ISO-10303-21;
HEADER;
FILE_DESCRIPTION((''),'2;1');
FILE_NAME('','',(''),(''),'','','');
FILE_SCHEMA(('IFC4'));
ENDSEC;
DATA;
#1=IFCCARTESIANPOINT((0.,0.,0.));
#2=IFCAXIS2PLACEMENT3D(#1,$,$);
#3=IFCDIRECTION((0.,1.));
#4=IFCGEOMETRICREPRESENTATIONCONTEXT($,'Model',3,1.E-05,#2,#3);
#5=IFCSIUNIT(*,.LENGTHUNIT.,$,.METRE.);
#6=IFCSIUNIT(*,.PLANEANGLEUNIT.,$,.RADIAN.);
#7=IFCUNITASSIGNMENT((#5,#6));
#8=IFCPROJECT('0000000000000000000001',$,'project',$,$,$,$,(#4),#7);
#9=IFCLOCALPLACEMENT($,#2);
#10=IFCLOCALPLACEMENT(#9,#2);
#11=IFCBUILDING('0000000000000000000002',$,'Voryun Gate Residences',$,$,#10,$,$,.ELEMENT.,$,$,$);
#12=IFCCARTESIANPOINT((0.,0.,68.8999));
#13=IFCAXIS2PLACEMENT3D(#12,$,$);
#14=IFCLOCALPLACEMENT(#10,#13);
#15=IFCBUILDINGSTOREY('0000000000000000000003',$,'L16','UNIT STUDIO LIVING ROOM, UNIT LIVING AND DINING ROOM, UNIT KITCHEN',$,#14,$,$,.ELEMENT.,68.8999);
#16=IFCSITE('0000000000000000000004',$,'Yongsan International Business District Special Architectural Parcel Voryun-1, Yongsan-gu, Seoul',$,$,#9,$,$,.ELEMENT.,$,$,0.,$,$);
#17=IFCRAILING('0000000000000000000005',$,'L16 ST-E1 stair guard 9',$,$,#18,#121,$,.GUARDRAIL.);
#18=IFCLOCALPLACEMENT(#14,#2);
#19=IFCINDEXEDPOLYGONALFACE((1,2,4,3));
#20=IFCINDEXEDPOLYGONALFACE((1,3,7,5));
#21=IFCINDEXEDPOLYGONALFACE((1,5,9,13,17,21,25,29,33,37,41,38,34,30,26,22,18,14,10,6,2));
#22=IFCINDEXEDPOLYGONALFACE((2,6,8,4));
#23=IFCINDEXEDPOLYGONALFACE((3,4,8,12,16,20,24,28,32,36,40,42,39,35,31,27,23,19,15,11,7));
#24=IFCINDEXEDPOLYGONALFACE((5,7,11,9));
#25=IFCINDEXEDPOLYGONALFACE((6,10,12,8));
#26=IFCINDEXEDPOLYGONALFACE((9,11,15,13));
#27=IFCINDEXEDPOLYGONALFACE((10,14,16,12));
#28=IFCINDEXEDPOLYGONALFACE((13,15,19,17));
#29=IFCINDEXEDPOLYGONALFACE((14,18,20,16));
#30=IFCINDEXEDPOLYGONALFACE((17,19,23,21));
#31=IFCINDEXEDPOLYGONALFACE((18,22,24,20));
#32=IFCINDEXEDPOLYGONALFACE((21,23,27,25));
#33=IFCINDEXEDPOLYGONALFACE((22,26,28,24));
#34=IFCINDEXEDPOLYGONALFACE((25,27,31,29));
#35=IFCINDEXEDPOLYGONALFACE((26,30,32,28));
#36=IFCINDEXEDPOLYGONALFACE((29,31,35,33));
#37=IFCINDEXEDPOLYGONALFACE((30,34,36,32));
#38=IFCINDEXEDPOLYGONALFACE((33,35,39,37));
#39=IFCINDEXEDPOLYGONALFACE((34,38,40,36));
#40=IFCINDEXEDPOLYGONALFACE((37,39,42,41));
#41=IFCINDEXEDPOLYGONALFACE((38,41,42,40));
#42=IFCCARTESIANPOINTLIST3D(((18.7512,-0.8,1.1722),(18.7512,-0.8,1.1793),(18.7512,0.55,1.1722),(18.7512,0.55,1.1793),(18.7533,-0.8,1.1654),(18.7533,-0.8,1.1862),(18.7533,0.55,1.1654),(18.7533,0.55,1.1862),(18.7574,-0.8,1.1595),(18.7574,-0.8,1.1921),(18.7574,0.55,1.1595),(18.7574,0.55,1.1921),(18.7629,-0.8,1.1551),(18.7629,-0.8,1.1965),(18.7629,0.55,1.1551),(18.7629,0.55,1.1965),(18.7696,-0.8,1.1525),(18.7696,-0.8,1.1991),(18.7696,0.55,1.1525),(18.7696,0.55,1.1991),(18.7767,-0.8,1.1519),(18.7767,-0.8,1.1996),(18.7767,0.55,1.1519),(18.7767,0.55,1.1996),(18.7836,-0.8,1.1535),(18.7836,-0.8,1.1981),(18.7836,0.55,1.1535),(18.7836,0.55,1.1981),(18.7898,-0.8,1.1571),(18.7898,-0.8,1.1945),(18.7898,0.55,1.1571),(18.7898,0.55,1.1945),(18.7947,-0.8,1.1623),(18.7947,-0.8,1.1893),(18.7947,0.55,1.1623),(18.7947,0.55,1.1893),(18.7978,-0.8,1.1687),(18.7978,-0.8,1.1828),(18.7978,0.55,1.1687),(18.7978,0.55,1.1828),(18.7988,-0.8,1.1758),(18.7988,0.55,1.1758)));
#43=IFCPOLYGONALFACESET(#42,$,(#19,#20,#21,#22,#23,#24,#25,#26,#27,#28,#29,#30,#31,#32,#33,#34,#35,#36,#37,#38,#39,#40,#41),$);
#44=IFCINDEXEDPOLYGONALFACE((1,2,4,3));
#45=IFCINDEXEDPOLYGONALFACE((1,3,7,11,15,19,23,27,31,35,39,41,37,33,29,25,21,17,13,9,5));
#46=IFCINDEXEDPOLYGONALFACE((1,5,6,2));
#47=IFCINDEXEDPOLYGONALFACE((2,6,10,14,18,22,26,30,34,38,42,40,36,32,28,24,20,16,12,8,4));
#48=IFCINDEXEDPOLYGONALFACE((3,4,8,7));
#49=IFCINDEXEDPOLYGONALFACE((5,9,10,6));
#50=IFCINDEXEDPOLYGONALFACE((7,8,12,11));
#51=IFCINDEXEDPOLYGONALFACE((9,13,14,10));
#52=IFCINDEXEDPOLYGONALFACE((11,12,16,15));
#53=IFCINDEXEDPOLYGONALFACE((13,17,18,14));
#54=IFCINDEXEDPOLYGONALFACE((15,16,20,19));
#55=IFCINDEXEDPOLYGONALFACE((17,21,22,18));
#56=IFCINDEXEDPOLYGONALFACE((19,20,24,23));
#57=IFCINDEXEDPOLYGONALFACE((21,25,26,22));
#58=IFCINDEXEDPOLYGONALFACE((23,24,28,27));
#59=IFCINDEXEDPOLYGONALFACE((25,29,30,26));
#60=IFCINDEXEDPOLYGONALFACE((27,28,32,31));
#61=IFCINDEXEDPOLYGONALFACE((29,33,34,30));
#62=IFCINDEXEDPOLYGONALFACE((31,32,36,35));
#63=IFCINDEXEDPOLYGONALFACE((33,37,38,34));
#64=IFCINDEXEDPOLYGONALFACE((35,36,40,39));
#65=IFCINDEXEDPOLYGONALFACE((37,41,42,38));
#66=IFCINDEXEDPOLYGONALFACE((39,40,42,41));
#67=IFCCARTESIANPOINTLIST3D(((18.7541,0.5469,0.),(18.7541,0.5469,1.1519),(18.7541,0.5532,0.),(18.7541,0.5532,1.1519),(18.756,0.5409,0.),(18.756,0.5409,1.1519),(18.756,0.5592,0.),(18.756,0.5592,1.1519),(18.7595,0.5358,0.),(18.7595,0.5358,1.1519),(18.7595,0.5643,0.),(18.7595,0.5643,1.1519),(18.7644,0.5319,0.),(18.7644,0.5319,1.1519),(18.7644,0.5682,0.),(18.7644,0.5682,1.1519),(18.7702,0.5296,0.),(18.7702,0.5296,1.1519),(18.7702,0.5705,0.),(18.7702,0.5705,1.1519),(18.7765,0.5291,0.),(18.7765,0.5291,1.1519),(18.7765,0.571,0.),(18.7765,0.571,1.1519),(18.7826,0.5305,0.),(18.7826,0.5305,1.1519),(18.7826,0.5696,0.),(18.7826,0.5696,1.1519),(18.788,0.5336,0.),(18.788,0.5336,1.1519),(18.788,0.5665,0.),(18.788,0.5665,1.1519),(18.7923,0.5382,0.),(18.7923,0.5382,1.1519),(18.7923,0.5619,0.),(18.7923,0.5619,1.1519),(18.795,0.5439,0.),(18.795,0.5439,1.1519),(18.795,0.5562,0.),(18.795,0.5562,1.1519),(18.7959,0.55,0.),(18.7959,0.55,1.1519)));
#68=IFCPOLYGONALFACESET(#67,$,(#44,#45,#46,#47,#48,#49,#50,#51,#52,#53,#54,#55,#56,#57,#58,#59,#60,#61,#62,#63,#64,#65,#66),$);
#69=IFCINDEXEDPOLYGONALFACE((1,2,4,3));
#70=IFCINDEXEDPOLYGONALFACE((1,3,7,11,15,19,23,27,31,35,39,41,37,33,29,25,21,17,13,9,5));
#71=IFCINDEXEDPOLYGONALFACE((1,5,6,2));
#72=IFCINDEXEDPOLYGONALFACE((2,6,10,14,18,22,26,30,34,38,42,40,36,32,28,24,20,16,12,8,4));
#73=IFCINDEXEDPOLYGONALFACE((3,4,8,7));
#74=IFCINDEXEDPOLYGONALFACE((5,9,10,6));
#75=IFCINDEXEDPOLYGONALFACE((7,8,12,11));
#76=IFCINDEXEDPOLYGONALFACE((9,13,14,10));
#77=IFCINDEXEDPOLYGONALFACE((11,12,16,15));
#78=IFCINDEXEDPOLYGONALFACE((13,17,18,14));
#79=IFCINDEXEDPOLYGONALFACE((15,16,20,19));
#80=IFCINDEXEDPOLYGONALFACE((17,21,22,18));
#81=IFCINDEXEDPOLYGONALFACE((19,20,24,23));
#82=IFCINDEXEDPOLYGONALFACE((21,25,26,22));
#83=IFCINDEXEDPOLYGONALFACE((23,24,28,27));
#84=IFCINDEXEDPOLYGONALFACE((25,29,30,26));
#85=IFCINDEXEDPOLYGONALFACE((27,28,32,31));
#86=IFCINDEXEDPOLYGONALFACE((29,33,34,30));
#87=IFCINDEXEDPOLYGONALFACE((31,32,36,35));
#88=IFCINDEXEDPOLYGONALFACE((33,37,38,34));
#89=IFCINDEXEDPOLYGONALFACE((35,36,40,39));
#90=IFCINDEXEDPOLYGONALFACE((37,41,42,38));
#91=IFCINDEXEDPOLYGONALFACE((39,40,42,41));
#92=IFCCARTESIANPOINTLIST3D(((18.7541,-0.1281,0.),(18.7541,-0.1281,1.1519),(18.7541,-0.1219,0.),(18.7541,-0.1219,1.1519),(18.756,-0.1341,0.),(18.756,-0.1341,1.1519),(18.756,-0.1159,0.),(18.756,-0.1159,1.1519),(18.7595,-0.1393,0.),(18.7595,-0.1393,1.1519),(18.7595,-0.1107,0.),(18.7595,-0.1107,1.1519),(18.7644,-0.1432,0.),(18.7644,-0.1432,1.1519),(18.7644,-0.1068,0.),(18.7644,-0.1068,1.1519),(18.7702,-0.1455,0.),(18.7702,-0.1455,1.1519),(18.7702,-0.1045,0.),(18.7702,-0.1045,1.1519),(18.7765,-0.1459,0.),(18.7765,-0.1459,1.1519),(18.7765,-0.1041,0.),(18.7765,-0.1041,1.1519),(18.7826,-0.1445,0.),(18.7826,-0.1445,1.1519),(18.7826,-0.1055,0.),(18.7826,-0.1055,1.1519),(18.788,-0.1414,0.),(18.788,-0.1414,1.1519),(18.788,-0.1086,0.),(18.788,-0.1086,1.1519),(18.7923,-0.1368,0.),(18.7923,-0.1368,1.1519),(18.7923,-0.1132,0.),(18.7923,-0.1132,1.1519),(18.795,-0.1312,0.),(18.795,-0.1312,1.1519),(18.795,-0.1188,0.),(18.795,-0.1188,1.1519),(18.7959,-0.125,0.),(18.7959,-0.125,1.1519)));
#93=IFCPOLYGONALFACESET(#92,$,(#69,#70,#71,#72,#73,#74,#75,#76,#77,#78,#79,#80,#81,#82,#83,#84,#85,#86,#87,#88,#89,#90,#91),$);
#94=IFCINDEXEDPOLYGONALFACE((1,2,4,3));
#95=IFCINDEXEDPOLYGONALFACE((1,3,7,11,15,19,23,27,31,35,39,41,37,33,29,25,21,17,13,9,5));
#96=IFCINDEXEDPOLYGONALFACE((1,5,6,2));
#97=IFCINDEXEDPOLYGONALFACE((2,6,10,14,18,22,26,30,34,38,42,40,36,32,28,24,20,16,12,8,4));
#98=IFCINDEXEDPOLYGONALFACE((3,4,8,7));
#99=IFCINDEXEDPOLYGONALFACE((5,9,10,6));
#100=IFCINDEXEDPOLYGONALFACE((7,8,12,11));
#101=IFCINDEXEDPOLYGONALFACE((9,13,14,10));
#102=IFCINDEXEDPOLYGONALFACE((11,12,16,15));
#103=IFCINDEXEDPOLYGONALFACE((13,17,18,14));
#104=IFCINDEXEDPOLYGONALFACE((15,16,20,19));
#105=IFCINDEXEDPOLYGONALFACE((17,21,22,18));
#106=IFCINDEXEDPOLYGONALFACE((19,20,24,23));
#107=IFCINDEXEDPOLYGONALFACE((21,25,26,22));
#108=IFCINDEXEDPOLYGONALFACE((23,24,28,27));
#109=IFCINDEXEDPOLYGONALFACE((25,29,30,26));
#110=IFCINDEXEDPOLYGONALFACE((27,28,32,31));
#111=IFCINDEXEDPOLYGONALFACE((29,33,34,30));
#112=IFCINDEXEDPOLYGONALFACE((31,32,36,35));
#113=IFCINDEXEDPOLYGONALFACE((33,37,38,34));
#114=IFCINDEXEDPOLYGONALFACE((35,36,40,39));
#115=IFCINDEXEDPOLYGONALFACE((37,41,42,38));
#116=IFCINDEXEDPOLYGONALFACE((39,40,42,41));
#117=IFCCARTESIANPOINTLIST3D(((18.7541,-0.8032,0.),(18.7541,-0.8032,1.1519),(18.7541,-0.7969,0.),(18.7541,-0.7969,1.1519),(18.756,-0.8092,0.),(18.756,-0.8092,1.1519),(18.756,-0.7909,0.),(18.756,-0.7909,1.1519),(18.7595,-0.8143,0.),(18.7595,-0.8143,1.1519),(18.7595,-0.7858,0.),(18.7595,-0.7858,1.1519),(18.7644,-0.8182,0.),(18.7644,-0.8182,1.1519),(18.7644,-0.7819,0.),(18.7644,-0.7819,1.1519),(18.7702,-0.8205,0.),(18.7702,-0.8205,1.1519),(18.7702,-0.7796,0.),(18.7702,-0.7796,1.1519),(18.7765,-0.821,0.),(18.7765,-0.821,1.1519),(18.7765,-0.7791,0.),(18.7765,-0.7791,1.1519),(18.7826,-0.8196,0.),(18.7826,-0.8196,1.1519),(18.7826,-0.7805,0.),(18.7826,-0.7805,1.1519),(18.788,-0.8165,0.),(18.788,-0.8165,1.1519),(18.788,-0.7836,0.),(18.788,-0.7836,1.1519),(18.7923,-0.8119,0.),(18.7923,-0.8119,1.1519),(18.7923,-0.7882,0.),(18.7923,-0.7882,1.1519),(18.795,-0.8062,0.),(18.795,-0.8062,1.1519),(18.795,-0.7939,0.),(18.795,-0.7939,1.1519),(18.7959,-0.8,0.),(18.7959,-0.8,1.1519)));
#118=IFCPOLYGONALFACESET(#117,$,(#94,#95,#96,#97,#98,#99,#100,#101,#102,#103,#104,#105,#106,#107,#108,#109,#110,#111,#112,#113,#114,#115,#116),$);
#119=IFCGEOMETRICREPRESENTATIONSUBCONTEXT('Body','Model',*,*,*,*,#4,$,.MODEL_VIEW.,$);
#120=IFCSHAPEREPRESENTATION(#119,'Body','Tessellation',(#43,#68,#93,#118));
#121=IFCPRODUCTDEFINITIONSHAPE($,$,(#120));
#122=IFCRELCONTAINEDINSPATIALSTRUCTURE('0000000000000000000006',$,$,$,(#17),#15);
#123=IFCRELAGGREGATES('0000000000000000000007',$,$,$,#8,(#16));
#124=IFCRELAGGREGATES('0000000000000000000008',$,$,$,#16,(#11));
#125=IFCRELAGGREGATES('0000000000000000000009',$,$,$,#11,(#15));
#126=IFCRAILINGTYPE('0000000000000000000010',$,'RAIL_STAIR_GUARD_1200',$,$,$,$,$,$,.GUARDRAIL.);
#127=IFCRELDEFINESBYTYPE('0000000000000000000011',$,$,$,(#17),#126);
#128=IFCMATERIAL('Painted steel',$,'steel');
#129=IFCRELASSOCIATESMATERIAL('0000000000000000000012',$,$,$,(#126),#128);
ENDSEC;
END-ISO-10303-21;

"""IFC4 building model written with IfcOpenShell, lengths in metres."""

from ifc_helpers import new_model, si_unit, direction, frame, origin, origin_2d, place, context, subcontext, project, spatial, circle, extrude, material, type_object, element, save


model = new_model("IFC4")

# Units and contexts
model_context = context("Model", 3, precision=1e-05, world=origin(), true_north=direction((0.0, 1.0)))
body_context = subcontext(model_context, "Body", "Model", "MODEL_VIEW")
ifc_project = project(units=[si_unit("LENGTHUNIT", "METRE"), si_unit("PLANEANGLEUNIT", "RADIAN")], contexts=[model_context])

# Site, building, storey
site_placement = place(None, origin())
site = spatial("IfcSite", under=ifc_project, at=site_placement, Name="Yongsan International Business District Special Architectural Parcel Voryun-1, Yongsan-gu, Seoul", CompositionType="ELEMENT", RefElevation=0.0)
building_placement = place(site_placement, origin())
building = spatial("IfcBuilding", under=site, at=building_placement, Name="Voryun Gate Residences", CompositionType="ELEMENT")
storey_placement = place(building_placement, frame((0.0, 0.0, 68.8999)))
storey = spatial("IfcBuildingStorey", under=building, at=storey_placement, Name="L16", Description="UNIT STUDIO LIVING ROOM, UNIT LIVING AND DINING ROOM, UNIT KITCHEN", CompositionType="ELEMENT", Elevation=68.8999)

# Railing
ifc_material_1 = material(Name="Painted steel", Category="steel")
railing_type_1 = type_object("IfcRailingType", Name="RAIL_STAIR_GUARD_1200", PredefinedType="GUARDRAIL", material=ifc_material_1)
for number, where, name in (
    (1, (18.7749, 0.55, 0.0), "L16 ST-E1 stair guard 9"),
):
    element("IfcRailing", number, at=place(storey_placement, frame(where)), inside=storey, type_object=railing_type_1, Name=name, PredefinedType="GUARDRAIL", context=body_context, shape_type="SweptSolid", body=[
        extrude(circle(Radius=0.0239, at=origin_2d()), frame((0.0, 0.0, 1.1758), z_axis=(0.0, -1.0, 0.0), x_axis=(1.0, 0.0, 0.0)), (0.0, 0.0, 1.0), 1.3501),
        extrude(circle(Radius=0.021, at=origin_2d()), origin(), (0.0, 0.0, 1.0), 1.1519),
        extrude(circle(Radius=0.021, at=origin_2d()), frame((0.0, -0.675, 0.0)), (0.0, 0.0, 1.0), 1.1519),
        extrude(circle(Radius=0.021, at=origin_2d()), frame((0.0, -1.3501, 0.0)), (0.0, 0.0, 1.0), 1.1519),
    ])

save(model, "model.ifc")
